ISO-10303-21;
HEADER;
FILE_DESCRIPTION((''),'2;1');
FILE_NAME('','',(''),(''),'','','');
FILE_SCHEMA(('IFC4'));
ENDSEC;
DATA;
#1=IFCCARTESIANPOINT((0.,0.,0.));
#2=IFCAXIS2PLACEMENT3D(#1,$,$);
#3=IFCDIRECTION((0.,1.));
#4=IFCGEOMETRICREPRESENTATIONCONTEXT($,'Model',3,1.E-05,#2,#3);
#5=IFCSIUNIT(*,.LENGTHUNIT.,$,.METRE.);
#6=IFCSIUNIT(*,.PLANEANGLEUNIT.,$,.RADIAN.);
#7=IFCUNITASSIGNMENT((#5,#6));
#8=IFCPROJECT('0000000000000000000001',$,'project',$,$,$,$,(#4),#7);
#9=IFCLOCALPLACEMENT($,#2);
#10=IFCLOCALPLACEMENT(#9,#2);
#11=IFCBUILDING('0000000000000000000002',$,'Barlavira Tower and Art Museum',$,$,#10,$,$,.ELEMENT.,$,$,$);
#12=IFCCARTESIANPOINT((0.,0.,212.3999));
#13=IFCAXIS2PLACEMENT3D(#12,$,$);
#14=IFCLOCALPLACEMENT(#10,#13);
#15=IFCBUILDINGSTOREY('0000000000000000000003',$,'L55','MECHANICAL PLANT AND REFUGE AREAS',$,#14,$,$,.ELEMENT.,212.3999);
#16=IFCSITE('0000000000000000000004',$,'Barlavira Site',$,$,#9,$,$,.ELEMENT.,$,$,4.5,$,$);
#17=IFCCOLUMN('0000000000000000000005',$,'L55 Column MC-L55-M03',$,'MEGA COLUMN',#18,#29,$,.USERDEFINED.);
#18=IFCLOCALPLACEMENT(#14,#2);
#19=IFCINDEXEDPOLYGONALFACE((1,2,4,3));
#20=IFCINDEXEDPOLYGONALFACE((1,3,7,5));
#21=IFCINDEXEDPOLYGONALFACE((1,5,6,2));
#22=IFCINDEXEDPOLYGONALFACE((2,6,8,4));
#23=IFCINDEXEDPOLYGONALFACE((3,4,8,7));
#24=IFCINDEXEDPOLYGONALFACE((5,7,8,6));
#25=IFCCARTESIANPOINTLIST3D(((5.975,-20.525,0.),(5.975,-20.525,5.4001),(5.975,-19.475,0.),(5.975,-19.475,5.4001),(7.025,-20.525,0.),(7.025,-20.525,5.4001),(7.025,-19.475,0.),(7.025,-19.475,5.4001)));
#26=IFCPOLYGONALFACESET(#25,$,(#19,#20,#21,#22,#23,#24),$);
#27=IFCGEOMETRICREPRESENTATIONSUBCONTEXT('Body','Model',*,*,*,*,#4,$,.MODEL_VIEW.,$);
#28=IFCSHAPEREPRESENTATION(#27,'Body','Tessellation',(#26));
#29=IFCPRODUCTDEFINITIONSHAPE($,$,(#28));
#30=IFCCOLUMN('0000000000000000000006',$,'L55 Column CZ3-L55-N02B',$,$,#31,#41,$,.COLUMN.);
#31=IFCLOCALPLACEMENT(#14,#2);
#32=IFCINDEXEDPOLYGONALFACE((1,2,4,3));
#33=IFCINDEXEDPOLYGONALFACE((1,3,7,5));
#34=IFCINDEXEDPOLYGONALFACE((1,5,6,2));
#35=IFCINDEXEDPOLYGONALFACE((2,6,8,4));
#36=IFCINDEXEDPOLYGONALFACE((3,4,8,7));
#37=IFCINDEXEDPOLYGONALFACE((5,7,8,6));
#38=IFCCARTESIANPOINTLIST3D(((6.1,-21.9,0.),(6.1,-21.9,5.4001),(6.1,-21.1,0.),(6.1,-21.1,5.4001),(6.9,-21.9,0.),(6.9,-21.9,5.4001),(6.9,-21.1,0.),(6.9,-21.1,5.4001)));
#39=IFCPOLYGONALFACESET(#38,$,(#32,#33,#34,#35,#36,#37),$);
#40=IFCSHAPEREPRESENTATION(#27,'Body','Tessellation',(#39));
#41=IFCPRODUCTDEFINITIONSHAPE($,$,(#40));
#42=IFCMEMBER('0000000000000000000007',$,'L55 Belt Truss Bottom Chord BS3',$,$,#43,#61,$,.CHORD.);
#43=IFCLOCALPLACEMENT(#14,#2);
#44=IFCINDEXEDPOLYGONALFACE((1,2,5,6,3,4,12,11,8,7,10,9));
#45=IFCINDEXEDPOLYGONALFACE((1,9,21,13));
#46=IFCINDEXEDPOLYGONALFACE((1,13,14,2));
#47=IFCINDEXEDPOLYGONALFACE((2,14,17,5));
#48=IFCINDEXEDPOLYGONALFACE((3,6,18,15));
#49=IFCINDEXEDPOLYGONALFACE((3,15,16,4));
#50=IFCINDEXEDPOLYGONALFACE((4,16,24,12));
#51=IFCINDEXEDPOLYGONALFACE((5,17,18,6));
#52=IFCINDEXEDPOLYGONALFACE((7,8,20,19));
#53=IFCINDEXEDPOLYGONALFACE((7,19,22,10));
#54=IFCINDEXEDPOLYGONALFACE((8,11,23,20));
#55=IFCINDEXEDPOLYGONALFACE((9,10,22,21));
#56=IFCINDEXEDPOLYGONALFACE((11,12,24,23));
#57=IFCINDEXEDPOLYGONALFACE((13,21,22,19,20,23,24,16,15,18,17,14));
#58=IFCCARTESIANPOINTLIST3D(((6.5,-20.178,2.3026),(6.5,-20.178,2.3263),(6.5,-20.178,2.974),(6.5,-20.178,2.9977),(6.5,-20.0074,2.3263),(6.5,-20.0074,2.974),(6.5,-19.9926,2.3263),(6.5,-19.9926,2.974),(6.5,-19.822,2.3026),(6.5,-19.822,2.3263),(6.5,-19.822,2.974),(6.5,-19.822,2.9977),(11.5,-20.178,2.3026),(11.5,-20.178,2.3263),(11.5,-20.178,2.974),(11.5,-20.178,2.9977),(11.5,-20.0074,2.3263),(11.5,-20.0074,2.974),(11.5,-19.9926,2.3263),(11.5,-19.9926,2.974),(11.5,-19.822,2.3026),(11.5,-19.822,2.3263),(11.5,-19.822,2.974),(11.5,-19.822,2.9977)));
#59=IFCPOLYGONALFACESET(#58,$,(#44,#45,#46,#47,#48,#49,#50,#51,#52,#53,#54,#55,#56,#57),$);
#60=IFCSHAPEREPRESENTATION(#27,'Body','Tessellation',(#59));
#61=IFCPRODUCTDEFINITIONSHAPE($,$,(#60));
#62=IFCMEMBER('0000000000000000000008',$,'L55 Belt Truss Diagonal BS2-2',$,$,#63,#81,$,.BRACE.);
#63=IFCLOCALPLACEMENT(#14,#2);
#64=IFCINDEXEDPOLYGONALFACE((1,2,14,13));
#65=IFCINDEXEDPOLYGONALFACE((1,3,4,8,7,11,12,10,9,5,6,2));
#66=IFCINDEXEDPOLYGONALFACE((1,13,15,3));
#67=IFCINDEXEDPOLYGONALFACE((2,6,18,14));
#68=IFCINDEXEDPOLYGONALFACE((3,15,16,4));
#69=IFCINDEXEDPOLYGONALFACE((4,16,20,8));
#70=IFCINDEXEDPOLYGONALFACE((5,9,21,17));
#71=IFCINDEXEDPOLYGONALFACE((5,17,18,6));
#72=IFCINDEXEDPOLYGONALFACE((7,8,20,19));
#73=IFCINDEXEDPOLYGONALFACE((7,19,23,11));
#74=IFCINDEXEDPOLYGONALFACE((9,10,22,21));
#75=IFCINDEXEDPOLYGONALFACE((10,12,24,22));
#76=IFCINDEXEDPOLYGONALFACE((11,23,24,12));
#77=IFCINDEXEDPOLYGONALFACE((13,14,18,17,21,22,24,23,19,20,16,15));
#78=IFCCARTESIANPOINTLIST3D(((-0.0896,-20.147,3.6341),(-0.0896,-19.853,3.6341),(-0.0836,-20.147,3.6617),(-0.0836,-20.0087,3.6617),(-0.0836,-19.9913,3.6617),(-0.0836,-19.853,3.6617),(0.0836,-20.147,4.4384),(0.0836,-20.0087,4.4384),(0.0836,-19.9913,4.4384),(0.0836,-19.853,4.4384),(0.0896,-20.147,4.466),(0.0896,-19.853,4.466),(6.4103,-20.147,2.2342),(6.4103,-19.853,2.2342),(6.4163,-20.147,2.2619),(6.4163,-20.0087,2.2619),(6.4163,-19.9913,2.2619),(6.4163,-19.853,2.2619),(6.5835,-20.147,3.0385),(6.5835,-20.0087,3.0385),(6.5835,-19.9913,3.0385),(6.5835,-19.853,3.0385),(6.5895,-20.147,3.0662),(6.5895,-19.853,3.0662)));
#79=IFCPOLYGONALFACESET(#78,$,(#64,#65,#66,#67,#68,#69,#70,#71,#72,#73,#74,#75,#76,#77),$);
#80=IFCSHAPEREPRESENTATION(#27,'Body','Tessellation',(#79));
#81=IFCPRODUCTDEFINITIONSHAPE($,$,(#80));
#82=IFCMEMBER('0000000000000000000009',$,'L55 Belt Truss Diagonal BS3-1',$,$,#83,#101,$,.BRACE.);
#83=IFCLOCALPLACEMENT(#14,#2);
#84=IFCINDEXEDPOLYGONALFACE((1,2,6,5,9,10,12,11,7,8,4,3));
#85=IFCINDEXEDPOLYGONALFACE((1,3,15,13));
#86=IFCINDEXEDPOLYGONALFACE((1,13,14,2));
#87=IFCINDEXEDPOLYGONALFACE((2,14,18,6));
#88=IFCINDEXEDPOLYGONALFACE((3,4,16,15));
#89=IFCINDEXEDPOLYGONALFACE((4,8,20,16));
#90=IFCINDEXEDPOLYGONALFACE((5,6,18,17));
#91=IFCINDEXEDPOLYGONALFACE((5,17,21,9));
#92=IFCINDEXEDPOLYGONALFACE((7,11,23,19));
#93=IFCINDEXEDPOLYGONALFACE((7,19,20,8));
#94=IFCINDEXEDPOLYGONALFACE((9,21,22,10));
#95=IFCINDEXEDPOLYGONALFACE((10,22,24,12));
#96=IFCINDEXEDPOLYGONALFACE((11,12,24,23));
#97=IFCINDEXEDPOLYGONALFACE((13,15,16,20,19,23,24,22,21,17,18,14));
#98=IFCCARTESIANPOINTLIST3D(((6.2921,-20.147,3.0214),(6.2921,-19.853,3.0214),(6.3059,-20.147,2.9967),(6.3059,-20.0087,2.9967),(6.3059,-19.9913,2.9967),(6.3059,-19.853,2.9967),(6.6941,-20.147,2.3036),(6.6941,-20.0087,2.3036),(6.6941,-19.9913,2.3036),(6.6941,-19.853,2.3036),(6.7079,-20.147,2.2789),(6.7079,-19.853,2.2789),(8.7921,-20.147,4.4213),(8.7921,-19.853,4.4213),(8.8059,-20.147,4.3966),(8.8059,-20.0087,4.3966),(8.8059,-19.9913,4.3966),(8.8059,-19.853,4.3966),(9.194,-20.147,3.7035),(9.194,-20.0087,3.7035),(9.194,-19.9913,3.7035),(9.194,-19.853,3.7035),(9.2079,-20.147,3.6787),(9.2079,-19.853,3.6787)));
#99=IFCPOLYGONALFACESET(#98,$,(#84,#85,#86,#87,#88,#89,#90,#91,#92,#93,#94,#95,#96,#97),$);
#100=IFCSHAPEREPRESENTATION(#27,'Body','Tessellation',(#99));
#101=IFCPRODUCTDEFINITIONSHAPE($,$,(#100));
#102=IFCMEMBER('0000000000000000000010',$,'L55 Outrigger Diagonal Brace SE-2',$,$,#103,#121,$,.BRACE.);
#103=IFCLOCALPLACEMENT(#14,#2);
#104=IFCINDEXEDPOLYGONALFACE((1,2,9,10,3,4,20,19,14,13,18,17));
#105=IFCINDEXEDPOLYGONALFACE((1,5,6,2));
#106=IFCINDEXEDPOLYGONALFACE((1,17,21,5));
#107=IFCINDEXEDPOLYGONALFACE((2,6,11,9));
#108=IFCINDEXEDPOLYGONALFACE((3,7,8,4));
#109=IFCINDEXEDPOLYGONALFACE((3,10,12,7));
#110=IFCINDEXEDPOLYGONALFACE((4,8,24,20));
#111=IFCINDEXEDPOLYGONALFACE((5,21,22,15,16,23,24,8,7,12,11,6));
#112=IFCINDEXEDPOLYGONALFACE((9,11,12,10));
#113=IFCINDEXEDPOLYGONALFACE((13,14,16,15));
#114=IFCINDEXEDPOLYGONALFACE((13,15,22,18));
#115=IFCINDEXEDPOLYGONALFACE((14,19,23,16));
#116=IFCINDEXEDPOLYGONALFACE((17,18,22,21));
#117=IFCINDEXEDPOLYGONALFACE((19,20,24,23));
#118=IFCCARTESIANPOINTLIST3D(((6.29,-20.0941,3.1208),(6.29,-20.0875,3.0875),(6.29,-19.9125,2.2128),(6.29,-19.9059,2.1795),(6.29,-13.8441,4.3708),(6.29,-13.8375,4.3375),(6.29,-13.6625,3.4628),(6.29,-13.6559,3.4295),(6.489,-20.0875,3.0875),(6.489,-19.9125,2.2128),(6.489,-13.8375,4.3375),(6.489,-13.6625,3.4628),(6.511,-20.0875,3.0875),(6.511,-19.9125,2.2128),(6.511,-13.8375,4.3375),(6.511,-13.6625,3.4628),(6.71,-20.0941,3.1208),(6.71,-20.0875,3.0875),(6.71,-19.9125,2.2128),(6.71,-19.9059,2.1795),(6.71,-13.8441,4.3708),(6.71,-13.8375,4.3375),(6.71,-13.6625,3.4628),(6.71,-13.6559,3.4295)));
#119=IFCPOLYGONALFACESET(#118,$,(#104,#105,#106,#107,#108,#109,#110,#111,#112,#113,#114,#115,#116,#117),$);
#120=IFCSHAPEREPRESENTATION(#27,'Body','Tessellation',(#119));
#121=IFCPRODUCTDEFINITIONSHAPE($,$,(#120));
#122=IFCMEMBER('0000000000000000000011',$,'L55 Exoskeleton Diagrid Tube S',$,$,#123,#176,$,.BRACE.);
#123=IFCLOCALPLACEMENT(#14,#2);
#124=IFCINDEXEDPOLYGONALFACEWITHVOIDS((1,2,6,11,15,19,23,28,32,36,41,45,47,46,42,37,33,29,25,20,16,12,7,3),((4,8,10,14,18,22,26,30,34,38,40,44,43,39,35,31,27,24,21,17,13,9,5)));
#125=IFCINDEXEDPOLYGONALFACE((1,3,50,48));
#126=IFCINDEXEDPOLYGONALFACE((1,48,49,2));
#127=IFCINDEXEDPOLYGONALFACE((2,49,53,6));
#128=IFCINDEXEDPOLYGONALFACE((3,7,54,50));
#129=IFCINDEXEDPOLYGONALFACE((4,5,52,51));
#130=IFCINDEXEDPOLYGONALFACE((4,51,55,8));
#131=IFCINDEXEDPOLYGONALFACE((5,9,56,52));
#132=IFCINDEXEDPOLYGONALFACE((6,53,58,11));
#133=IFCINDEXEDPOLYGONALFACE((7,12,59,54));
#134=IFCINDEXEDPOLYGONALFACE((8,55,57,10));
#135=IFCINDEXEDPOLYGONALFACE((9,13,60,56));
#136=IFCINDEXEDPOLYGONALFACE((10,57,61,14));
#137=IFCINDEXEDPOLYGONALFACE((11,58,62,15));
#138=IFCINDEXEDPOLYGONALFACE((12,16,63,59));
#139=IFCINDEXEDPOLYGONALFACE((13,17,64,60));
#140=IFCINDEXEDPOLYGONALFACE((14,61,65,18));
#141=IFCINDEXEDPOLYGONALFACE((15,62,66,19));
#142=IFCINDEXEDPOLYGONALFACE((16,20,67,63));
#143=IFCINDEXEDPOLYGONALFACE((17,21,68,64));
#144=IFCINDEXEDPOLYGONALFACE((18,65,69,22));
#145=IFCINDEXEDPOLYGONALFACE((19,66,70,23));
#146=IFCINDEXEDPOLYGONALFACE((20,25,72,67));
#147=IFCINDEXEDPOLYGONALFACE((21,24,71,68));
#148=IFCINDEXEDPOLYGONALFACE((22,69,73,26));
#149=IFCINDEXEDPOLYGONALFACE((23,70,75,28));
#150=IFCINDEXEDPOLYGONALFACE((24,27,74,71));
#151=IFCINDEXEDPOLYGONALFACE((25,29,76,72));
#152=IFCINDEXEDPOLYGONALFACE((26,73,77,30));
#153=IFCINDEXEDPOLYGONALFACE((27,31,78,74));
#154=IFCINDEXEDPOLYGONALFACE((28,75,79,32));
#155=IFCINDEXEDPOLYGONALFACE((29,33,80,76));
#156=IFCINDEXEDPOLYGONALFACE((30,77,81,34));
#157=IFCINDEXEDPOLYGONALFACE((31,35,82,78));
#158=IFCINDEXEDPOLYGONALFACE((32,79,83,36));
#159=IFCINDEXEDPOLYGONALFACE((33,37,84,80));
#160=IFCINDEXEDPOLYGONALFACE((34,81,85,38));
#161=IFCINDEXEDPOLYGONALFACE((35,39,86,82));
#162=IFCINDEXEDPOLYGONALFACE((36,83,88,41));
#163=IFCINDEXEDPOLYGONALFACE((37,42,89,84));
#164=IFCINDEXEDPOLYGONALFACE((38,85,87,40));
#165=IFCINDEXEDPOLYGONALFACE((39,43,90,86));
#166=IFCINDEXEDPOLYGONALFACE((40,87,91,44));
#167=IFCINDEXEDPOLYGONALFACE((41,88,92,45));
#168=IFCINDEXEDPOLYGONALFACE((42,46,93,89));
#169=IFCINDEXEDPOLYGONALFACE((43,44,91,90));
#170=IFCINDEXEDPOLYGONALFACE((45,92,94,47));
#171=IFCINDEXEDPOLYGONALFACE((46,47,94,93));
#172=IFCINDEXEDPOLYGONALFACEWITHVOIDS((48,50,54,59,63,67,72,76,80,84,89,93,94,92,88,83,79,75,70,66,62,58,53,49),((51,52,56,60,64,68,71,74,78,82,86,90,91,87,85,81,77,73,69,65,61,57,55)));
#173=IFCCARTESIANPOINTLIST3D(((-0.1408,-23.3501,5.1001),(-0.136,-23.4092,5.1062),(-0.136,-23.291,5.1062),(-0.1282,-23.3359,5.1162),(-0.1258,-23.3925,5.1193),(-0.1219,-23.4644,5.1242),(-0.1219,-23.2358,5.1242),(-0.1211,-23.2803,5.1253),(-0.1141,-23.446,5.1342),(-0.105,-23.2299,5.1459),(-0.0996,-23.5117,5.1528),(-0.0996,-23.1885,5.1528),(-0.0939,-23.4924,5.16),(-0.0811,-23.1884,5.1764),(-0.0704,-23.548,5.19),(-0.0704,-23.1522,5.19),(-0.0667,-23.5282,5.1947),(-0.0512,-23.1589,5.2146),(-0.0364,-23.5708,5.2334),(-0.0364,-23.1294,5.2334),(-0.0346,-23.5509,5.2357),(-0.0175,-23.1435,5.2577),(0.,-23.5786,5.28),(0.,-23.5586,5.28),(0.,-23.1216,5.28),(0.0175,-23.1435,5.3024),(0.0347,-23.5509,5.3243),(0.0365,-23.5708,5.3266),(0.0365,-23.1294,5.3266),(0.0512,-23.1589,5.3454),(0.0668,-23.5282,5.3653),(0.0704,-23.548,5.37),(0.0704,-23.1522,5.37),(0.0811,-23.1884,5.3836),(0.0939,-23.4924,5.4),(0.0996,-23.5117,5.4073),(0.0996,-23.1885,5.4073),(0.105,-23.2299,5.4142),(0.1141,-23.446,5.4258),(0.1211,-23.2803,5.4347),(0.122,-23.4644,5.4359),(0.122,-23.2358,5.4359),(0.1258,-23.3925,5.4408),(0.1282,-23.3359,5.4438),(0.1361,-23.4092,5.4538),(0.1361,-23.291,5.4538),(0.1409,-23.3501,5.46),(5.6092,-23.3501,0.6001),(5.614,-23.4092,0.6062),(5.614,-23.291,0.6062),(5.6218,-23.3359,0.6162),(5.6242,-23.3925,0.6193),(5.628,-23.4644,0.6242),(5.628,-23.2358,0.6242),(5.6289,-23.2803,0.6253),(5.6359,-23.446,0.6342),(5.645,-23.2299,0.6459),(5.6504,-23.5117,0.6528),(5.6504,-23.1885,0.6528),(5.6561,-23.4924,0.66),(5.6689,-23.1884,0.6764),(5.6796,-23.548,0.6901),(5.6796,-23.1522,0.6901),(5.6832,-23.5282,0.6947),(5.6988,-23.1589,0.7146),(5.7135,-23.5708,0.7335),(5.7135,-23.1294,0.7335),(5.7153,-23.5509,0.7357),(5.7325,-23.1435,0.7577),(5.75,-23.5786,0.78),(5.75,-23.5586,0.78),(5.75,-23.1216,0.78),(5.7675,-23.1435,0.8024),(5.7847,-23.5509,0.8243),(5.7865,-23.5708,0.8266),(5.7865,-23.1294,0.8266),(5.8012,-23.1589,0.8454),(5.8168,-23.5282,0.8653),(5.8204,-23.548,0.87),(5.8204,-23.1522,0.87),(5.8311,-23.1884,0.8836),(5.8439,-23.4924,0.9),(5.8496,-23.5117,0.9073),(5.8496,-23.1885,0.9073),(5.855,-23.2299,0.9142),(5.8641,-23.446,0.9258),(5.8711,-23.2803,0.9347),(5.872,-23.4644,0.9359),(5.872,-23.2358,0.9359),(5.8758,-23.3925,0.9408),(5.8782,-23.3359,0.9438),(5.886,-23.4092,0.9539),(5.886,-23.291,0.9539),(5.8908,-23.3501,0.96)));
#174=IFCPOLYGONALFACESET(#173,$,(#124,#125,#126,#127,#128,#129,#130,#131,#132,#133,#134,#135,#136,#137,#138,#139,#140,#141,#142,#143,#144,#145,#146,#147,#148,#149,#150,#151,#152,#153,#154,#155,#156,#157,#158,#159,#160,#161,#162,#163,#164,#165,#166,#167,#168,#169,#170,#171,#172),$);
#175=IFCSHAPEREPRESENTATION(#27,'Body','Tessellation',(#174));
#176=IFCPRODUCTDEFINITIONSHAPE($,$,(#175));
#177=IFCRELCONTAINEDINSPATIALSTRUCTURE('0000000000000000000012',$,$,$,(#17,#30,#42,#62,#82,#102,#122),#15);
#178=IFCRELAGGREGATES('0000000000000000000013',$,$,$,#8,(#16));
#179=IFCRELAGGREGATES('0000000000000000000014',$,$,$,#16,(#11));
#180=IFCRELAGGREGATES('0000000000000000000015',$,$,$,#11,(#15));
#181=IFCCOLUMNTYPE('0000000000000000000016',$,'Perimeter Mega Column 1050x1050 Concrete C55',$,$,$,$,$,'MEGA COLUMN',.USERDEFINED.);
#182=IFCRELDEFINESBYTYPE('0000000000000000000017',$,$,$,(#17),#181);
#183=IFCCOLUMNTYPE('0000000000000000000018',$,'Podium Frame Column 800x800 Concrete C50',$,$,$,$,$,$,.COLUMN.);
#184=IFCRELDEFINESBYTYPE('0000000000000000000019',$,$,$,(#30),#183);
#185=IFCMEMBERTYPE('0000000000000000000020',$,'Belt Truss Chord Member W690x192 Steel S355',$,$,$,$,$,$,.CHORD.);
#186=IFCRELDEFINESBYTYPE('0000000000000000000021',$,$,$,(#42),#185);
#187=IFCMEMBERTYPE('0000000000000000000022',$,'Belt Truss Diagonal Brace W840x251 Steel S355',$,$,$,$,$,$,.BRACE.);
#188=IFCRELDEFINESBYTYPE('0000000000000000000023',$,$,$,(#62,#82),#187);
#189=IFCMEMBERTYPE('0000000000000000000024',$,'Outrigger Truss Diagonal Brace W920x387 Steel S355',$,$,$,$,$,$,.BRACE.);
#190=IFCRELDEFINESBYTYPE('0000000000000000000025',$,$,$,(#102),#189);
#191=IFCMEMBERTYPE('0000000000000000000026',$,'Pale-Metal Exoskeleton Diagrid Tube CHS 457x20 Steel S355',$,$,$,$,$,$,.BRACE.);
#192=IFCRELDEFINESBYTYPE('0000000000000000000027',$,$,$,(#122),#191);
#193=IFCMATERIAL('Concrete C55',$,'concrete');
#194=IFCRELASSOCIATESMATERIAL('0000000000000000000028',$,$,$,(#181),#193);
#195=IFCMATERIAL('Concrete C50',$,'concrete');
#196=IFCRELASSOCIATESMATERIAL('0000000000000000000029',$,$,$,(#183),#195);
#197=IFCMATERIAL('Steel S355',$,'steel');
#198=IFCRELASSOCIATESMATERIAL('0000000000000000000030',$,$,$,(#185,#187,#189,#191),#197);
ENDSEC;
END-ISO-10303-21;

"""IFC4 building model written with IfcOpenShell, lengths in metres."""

from ifc_helpers import new_model, si_unit, direction, frame, origin, origin_2d, place, context, subcontext, project, spatial, rectangle, hollow_circle, i_section, extrude, material, material_profile, profile_set, type_object, element, save


model = new_model("IFC4")

# Units and contexts
model_context = context("Model", 3, precision=1e-05, world=origin(), true_north=direction((0.0, 1.0)))
body_context = subcontext(model_context, "Body", "Model", "MODEL_VIEW")
ifc_project = project(units=[si_unit("LENGTHUNIT", "METRE"), si_unit("PLANEANGLEUNIT", "RADIAN")], contexts=[model_context])

# Site, building, storey
site_placement = place(None, origin())
site = spatial("IfcSite", under=ifc_project, at=site_placement, Name="Barlavira Site", CompositionType="ELEMENT", RefElevation=4.5)
building_placement = place(site_placement, origin())
building = spatial("IfcBuilding", under=site, at=building_placement, Name="Barlavira Tower and Art Museum", CompositionType="ELEMENT")
storey_placement = place(building_placement, frame((0.0, 0.0, 212.3999)))
storey = spatial("IfcBuildingStorey", under=building, at=storey_placement, Name="L55", Description="MECHANICAL PLANT AND REFUGE AREAS", CompositionType="ELEMENT", Elevation=212.3999)

# Columns
ifc_material_1 = material(Name="Concrete C55", Category="concrete")
ifc_material_profile_1 = material_profile(ifc_material_1, rectangle(XDim=1.05, YDim=1.05, at=origin_2d()), Name="RC-COL 1050x1050")
ifc_profile_set_1 = profile_set([ifc_material_profile_1], Name="Concrete C55")
column_type_1 = type_object("IfcColumnType", Name="Perimeter Mega Column 1050x1050 Concrete C55", ElementType="MEGA COLUMN", PredefinedType="USERDEFINED", material=ifc_profile_set_1)
column_1_placement = place(storey_placement, frame((6.5, -20.0, 0.0), z_axis=(0.0, 0.0, 1.0), x_axis=(1.0, 0.0, 0.0)))
element("IfcColumn", 1, at=column_1_placement, inside=storey, type_object=column_type_1, Name="L55 Column MC-L55-M03", ObjectType="MEGA COLUMN", PredefinedType="USERDEFINED", context=body_context, shape_type="SweptSolid", body=[
    extrude(rectangle(XDim=1.05, YDim=1.05, at=origin_2d()), origin(), (0.0, 0.0, 1.0), 5.4001),
])
ifc_material_2 = material(Name="Concrete C50", Category="concrete")
ifc_material_profile_2 = material_profile(ifc_material_2, rectangle(XDim=0.8, YDim=0.8, at=origin_2d()), Name="RC-COL 800x800")
ifc_profile_set_2 = profile_set([ifc_material_profile_2], Name="Concrete C50")
column_type_2 = type_object("IfcColumnType", Name="Podium Frame Column 800x800 Concrete C50", PredefinedType="COLUMN", material=ifc_profile_set_2)
column_2_placement = place(storey_placement, frame((6.5, -21.5, 0.0), z_axis=(0.0, 0.0, 1.0), x_axis=(1.0, 0.0, 0.0)))
element("IfcColumn", 2, at=column_2_placement, inside=storey, type_object=column_type_2, Name="L55 Column CZ3-L55-N02B", PredefinedType="COLUMN", context=body_context, shape_type="SweptSolid", body=[
    extrude(rectangle(XDim=0.8, YDim=0.8, at=origin_2d()), origin(), (0.0, 0.0, 1.0), 5.4001),
])

# Members
ifc_material_3 = material(Name="Steel S355", Category="steel")
ifc_material_profile_3 = material_profile(ifc_material_3, i_section(OverallWidth=0.356, OverallDepth=0.6951, WebThickness=0.0149, FlangeThickness=0.0237, at=origin_2d()), Name="W690x192.0")
ifc_profile_set_3 = profile_set([ifc_material_profile_3], Name="Steel S355")
member_type_1 = type_object("IfcMemberType", Name="Belt Truss Chord Member W690x192 Steel S355", PredefinedType="CHORD", material=ifc_profile_set_3)
member_1_placement = place(storey_placement, frame((6.5, -20.0, 2.6501), z_axis=(1.0, 0.0, 0.0), x_axis=(0.0, 1.0, 0.0)))
element("IfcMember", 3, at=member_1_placement, inside=storey, type_object=member_type_1, Name="L55 Belt Truss Bottom Chord BS3", PredefinedType="CHORD", context=body_context, shape_type="SweptSolid", body=[
    extrude(i_section(OverallWidth=0.356, OverallDepth=0.6951, WebThickness=0.0149, FlangeThickness=0.0237, at=origin_2d()), origin(), (0.0, 0.0, 1.0), 5.0),
])
ifc_material_profile_4 = material_profile(ifc_material_3, i_section(OverallWidth=0.2939, OverallDepth=0.8511, WebThickness=0.0173, FlangeThickness=0.0283, at=origin_2d()), Name="W840x251.0")
ifc_profile_set_4 = profile_set([ifc_material_profile_4], Name="Steel S355")
member_type_2 = type_object("IfcMemberType", Name="Belt Truss Diagonal Brace W840x251 Steel S355", PredefinedType="BRACE", material=ifc_profile_set_4)
member_2_placement = place(storey_placement, frame((0.0, -20.0, 4.05), z_axis=(0.977585, 0.0, -0.210542), x_axis=(0.0, 1.0, 0.0)))
element("IfcMember", 4, at=member_2_placement, inside=storey, type_object=member_type_2, Name="L55 Belt Truss Diagonal BS2-2", PredefinedType="BRACE", context=body_context, shape_type="SweptSolid", body=[
    extrude(i_section(OverallWidth=0.2939, OverallDepth=0.8511, WebThickness=0.0173, FlangeThickness=0.0283, at=origin_2d()), origin(), (0.0, 0.0, 1.0), 6.6489),
])
member_3_placement = place(storey_placement, frame((6.5, -20.0, 2.6501), z_axis=(0.872521, 0.0, 0.488577), x_axis=(0.0, 1.0, 0.0)))
element("IfcMember", 5, at=member_3_placement, inside=storey, type_object=member_type_2, Name="L55 Belt Truss Diagonal BS3-1", PredefinedType="BRACE", context=body_context, shape_type="SweptSolid", body=[
    extrude(i_section(OverallWidth=0.2939, OverallDepth=0.8511, WebThickness=0.0173, FlangeThickness=0.0283, at=origin_2d()), origin(), (0.0, 0.0, 1.0), 2.8652),
])
ifc_material_profile_5 = material_profile(ifc_material_3, i_section(OverallWidth=0.4199, OverallDepth=0.96, WebThickness=0.022, FlangeThickness=0.0339, at=origin_2d()), Name="W920x387.0")
ifc_profile_set_5 = profile_set([ifc_material_profile_5], Name="Steel S355")
member_type_3 = type_object("IfcMemberType", Name="Outrigger Truss Diagonal Brace W920x387 Steel S355", PredefinedType="BRACE", material=ifc_profile_set_5)
member_4_placement = place(storey_placement, frame((6.5, -13.75, 3.9001), z_axis=(0.0, -0.980581, -0.196116), x_axis=(1.0, 0.0, 0.0)))
element("IfcMember", 6, at=member_4_placement, inside=storey, type_object=member_type_3, Name="L55 Outrigger Diagonal Brace SE-2", PredefinedType="BRACE", context=body_context, shape_type="SweptSolid", body=[
    extrude(i_section(OverallWidth=0.4199, OverallDepth=0.96, WebThickness=0.022, FlangeThickness=0.0339, at=origin_2d()), origin(), (0.0, 0.0, 1.0), 6.3738),
])
ifc_material_profile_6 = material_profile(ifc_material_3, hollow_circle(Radius=0.2285, WallThickness=0.02, at=origin_2d()), Name="CHS 457.0x20.0")
ifc_profile_set_6 = profile_set([ifc_material_profile_6], Name="Steel S355")
member_type_4 = type_object("IfcMemberType", Name="Pale-Metal Exoskeleton Diagrid Tube CHS 457x20 Steel S355", PredefinedType="BRACE", material=ifc_profile_set_6)
for number, where, z_axis, x_axis, name in (
    (7, (5.75, -23.3501, 0.78), (-0.787505, 0.0, 0.616308), (0.0, -1.0, 0.0), "L55 Exoskeleton Diagrid Tube S"),
):
    element("IfcMember", number, at=place(storey_placement, frame(where, z_axis=z_axis, x_axis=x_axis)), inside=storey, type_object=member_type_4, Name=name, PredefinedType="BRACE", context=body_context, shape_type="SweptSolid", body=[
        extrude(hollow_circle(Radius=0.2285, WallThickness=0.02, at=origin_2d()), origin(), (0.0, 0.0, 1.0), 7.3015),
    ])

save(model, "model.ifc")
